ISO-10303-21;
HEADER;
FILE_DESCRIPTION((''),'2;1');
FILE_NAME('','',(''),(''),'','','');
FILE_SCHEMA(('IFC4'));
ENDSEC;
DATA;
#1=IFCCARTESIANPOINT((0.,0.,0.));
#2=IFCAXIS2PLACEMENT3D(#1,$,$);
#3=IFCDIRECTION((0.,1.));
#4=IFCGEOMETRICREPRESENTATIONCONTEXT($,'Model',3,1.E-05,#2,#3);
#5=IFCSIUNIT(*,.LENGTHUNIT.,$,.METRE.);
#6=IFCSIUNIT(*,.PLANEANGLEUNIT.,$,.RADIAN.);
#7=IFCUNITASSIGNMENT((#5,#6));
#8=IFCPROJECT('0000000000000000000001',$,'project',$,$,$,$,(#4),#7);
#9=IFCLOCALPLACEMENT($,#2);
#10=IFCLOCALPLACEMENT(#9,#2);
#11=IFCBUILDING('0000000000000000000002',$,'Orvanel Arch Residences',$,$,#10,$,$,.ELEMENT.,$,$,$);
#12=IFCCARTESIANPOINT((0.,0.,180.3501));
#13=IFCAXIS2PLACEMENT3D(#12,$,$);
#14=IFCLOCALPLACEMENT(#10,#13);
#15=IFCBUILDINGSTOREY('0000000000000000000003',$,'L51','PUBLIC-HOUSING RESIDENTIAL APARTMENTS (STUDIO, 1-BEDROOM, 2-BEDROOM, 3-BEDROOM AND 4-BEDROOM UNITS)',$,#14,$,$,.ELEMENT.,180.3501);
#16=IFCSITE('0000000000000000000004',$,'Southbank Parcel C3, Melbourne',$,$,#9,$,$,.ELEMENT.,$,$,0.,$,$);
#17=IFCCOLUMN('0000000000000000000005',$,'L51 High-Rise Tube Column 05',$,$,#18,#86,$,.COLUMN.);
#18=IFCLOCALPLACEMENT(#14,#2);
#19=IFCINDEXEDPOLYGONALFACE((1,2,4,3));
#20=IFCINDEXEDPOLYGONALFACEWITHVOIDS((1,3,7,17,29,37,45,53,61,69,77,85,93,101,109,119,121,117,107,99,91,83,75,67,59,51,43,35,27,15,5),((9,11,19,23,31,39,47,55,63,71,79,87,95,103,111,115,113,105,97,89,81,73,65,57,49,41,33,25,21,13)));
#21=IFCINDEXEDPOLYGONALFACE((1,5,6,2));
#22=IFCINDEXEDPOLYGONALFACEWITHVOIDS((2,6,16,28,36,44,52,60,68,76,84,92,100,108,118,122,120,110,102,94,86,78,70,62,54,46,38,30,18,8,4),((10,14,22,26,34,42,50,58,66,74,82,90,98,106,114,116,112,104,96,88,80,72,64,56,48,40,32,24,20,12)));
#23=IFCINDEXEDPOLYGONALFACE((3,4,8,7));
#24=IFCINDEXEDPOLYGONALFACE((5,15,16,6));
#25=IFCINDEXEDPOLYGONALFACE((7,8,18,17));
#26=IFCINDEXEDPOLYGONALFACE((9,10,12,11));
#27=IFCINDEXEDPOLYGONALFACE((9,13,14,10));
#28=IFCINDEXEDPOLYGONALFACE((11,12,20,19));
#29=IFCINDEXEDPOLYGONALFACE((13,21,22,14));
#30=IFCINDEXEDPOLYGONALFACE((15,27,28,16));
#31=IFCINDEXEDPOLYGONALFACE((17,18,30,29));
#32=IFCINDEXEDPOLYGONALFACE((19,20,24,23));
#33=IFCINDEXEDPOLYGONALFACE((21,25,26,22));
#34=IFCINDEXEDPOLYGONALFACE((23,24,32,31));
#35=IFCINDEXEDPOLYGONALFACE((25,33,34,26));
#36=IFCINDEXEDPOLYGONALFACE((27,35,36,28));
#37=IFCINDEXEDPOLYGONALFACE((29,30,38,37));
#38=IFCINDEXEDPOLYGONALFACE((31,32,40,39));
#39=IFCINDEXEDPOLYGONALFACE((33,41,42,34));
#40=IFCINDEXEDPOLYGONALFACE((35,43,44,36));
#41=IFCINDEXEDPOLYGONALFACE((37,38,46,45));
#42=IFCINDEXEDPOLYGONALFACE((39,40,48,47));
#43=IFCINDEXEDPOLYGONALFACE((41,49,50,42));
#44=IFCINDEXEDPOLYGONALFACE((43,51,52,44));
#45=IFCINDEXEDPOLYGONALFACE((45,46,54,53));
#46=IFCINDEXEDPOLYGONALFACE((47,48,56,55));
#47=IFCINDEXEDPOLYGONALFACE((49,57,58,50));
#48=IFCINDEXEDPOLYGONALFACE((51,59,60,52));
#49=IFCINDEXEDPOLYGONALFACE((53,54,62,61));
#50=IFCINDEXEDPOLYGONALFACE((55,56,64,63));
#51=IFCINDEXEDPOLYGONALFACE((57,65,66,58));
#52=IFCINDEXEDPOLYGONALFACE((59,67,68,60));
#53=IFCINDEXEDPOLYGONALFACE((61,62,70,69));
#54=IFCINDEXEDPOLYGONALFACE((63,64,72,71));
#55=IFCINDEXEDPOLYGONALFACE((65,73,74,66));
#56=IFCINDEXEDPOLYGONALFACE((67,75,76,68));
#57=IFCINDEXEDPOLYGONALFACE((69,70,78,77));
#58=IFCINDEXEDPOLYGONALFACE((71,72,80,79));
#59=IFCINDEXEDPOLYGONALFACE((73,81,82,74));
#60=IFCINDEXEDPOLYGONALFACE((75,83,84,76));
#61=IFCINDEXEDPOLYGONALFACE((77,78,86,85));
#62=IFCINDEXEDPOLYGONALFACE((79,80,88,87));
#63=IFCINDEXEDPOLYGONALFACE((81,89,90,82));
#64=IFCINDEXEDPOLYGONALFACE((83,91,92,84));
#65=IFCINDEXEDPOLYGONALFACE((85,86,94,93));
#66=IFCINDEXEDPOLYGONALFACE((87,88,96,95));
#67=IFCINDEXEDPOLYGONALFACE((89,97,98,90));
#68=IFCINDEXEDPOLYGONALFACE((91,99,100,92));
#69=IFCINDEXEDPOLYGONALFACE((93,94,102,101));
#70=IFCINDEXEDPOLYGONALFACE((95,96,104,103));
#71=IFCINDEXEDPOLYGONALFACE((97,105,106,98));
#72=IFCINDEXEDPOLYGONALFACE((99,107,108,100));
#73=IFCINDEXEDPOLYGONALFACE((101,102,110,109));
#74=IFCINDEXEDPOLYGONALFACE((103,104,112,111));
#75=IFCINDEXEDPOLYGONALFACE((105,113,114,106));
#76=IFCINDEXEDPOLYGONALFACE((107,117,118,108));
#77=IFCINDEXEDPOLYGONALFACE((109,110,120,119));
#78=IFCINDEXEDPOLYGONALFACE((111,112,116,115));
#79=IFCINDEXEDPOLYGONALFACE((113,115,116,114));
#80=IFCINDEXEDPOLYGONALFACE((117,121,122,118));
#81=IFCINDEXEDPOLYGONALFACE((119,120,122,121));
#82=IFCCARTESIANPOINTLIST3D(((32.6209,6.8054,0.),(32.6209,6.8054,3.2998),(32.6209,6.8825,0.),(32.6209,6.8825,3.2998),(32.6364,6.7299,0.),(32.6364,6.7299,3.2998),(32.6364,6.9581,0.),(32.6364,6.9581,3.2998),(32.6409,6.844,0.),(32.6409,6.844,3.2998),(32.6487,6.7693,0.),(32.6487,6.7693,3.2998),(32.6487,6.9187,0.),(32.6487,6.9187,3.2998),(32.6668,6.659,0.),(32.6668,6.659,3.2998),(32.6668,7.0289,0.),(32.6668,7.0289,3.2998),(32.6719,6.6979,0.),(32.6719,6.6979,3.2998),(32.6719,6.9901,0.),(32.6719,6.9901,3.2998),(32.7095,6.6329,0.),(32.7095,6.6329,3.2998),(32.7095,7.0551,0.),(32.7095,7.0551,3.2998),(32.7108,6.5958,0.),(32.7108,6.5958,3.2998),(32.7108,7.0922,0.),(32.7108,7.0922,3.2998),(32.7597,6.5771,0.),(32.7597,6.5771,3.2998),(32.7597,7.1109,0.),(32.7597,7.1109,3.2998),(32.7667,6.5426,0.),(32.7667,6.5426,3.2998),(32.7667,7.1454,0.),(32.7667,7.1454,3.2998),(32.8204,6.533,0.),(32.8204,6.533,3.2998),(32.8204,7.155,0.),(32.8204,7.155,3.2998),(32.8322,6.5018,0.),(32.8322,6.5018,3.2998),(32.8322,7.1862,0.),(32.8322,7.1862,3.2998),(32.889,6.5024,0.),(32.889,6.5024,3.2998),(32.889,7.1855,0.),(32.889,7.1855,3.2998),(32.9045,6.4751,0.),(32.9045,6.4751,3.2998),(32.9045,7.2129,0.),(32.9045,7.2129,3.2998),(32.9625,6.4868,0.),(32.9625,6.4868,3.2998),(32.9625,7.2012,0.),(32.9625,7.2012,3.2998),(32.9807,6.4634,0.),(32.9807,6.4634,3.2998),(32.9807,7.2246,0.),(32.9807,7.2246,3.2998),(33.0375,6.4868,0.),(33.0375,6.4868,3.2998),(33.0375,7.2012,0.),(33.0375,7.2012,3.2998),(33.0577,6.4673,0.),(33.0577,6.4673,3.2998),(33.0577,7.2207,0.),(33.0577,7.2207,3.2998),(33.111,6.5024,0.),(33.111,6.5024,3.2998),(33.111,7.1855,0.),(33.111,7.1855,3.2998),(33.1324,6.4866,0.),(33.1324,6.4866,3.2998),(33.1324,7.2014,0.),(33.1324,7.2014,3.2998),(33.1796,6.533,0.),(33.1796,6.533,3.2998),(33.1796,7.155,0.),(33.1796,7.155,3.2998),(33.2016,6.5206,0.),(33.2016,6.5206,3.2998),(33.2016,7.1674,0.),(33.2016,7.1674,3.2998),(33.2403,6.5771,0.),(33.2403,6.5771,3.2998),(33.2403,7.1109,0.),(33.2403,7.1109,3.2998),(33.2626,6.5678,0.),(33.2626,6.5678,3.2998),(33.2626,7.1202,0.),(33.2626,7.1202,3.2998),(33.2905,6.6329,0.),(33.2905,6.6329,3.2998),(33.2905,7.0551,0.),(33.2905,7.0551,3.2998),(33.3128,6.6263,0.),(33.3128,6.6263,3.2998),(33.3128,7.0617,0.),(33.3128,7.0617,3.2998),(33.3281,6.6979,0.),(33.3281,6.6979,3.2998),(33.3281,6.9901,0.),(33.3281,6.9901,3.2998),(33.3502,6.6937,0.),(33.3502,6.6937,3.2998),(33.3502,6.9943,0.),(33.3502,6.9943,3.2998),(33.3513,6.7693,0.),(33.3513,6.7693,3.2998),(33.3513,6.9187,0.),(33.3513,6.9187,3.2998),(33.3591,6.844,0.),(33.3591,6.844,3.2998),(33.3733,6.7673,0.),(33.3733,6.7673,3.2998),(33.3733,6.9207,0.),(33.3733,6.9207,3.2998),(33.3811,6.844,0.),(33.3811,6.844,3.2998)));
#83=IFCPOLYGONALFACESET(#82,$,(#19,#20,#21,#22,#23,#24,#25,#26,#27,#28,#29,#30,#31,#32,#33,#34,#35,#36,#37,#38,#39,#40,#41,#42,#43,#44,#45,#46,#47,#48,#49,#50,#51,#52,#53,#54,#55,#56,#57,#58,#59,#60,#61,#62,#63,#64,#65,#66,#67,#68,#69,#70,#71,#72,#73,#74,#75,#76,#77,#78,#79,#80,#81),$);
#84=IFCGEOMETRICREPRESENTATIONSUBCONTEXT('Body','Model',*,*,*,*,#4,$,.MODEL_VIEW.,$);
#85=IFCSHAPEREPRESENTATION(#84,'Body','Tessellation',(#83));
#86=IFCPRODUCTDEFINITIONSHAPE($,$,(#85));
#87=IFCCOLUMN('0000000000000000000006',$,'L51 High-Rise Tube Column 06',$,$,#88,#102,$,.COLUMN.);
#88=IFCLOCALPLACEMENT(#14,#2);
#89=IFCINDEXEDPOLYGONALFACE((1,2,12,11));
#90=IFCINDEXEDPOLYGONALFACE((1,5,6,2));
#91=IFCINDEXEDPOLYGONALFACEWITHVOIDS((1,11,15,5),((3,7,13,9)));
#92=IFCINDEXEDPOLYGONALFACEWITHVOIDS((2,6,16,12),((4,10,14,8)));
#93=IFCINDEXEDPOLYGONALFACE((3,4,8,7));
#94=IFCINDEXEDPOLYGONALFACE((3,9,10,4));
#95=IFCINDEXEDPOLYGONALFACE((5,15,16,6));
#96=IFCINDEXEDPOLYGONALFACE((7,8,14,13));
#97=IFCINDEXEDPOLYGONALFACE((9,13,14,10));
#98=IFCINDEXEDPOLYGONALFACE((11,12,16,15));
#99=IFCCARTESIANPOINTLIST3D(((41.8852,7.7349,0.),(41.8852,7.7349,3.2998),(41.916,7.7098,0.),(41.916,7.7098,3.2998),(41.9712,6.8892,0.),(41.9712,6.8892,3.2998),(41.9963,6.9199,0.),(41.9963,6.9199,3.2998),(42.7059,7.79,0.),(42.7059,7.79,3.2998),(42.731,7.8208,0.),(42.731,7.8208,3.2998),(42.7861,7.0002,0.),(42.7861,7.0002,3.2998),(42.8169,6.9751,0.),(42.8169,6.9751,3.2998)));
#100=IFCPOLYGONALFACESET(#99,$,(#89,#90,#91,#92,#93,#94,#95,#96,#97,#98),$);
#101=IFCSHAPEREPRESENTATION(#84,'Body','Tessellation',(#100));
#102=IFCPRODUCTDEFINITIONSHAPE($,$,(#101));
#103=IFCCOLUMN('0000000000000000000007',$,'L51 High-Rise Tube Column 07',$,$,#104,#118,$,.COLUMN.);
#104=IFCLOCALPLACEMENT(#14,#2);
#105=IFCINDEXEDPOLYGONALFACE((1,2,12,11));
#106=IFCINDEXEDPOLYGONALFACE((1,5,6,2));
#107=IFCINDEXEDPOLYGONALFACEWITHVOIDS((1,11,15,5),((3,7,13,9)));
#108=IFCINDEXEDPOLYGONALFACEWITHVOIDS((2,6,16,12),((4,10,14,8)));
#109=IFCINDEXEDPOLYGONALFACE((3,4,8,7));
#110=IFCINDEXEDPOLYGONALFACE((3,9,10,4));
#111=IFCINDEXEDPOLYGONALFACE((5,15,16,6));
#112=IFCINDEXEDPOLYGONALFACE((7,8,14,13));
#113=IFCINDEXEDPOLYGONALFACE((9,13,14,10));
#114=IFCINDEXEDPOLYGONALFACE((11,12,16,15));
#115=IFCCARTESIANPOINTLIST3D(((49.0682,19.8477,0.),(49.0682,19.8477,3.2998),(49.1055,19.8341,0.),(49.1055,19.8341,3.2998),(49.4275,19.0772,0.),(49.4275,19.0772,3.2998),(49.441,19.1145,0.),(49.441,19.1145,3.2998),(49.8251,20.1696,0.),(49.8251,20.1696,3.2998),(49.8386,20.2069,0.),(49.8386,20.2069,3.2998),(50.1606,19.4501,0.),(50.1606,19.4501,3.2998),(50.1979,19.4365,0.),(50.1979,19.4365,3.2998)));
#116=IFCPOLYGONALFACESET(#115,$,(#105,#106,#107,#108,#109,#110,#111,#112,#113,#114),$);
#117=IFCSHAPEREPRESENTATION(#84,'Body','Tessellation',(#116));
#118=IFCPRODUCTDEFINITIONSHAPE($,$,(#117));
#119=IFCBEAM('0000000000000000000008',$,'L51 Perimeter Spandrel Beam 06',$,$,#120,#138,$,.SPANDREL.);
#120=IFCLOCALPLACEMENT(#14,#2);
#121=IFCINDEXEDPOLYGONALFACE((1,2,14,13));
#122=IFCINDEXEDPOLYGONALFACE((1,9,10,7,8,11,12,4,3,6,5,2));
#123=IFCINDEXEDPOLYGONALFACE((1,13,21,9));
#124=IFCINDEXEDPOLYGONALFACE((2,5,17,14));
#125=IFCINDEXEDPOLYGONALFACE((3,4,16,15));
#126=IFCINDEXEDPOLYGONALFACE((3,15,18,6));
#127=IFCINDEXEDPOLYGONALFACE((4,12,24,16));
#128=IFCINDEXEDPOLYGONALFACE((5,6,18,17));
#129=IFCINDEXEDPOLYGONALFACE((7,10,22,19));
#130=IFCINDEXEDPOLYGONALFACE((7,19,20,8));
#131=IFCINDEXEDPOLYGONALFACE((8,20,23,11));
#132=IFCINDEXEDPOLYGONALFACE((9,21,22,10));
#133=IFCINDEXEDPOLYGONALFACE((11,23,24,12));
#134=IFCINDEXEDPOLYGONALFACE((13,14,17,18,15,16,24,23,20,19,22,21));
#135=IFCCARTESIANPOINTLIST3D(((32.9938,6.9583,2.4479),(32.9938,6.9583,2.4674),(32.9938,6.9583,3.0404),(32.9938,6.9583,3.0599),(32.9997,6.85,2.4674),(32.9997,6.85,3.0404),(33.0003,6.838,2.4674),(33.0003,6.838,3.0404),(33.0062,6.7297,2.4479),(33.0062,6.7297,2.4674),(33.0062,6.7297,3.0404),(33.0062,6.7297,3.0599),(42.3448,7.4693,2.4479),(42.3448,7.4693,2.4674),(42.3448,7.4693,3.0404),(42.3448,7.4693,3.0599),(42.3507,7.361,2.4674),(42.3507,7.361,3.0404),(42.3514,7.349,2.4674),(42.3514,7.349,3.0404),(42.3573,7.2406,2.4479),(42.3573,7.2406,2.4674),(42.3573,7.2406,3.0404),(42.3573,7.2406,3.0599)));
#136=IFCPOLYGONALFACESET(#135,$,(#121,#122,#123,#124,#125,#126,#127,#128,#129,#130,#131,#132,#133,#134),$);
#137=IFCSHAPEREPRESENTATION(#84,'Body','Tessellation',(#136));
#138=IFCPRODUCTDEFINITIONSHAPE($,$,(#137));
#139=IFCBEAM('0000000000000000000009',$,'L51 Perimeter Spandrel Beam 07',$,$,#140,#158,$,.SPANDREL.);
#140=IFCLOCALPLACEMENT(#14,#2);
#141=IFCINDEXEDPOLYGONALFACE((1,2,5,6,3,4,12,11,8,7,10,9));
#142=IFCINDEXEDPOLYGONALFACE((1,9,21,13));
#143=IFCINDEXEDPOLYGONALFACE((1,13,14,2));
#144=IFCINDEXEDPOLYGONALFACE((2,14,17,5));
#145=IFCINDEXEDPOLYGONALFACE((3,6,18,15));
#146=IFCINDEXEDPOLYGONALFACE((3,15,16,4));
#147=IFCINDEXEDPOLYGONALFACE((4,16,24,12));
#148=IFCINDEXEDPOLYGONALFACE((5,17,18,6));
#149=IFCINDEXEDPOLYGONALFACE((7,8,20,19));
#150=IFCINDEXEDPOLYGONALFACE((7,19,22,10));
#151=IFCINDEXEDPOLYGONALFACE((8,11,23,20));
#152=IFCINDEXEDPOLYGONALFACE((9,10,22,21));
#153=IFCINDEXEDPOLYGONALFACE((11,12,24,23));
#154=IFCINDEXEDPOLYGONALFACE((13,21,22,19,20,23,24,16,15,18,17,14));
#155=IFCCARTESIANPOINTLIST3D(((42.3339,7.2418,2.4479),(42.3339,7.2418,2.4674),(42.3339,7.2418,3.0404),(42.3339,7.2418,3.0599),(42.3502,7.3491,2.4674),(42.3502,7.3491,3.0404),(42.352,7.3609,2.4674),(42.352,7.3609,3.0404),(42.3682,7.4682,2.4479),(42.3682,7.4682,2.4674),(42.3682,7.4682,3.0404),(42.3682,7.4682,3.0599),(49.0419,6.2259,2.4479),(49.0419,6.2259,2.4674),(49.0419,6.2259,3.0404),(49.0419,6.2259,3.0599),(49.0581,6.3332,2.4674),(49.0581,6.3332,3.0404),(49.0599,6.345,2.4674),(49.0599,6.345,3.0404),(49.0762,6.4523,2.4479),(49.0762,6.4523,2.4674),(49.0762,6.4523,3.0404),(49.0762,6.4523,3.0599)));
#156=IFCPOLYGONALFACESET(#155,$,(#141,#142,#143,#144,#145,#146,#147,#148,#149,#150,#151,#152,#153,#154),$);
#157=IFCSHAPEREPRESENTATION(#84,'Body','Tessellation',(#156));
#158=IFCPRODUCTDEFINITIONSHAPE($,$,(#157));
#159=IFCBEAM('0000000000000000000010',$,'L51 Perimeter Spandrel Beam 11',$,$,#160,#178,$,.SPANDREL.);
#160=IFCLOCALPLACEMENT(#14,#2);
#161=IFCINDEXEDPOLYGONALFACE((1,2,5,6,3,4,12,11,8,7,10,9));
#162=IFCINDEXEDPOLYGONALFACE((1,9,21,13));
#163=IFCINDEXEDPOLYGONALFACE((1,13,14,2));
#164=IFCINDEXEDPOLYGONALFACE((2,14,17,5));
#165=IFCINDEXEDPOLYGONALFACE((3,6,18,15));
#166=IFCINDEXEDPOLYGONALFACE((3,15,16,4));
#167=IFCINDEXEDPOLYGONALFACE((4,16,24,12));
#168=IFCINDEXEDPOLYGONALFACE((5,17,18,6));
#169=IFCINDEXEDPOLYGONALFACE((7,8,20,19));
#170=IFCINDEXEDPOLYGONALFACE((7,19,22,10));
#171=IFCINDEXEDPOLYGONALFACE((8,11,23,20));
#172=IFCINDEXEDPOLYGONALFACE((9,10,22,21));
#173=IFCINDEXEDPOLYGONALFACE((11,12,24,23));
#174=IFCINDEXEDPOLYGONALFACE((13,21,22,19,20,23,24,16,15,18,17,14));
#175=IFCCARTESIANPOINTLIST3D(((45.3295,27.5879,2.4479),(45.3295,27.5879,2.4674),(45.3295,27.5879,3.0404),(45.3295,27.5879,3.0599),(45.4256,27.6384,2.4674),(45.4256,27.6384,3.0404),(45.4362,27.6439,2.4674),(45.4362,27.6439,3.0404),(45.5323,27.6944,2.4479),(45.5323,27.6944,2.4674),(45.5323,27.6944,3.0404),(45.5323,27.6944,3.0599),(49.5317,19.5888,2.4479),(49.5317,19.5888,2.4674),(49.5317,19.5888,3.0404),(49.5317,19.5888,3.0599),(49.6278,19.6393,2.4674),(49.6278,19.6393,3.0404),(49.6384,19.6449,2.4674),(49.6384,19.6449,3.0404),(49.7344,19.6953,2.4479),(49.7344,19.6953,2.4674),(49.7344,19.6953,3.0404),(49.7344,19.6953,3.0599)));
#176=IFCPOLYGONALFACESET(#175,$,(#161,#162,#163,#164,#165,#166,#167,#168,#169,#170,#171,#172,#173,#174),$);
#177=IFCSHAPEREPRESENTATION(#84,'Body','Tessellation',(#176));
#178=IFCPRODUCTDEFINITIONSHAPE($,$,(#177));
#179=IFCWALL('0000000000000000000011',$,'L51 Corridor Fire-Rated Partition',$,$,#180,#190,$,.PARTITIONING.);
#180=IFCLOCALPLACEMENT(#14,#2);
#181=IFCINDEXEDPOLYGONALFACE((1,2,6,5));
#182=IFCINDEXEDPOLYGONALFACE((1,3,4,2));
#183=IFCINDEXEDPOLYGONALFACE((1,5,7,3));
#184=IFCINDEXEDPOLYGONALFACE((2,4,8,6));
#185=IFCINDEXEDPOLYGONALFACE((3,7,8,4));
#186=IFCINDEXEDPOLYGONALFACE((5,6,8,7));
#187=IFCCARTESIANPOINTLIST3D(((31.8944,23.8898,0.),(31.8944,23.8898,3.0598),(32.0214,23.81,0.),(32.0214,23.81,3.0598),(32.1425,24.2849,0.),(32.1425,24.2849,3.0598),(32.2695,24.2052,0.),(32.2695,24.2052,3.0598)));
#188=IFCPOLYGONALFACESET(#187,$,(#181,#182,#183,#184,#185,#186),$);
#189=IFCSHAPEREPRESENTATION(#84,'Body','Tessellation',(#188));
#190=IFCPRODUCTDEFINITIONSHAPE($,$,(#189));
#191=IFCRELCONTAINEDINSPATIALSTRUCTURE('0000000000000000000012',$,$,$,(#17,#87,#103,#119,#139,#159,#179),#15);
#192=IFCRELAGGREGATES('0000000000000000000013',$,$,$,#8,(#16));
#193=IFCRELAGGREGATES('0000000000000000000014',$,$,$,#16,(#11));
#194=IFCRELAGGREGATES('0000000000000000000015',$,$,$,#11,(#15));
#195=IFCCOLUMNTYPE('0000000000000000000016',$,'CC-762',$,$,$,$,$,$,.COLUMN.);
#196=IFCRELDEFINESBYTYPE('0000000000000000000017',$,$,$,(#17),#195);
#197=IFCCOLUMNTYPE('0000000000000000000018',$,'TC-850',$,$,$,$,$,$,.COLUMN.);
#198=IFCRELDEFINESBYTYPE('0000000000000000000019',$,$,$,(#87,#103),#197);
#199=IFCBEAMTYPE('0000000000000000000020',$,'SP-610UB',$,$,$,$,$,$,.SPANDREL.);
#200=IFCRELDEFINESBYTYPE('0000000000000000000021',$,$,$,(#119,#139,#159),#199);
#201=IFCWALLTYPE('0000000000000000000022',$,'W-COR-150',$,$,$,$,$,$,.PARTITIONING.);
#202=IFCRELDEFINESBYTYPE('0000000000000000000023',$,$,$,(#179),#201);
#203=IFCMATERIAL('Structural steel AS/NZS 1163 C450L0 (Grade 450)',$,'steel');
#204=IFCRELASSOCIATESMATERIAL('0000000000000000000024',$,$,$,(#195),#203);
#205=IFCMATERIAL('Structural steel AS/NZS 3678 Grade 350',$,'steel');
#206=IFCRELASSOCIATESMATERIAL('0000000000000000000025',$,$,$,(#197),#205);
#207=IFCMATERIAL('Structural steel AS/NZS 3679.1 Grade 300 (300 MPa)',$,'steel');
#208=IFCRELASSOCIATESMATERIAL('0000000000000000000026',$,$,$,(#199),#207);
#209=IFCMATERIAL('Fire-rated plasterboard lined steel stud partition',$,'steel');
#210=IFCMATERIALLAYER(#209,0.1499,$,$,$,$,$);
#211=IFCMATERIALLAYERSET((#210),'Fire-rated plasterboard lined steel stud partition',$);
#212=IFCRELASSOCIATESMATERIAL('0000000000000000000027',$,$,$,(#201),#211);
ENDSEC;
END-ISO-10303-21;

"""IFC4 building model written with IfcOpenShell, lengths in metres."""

from ifc_helpers import new_model, si_unit, direction, frame, frame_2d, origin, origin_2d, place, context, subcontext, project, spatial, rectangle, hollow_rectangle, hollow_circle, i_section, extrude, material, layer, layer_set, material_profile, profile_set, type_object, element, save


model = new_model("IFC4")

# Units and contexts
model_context = context("Model", 3, precision=1e-05, world=origin(), true_north=direction((0.0, 1.0)))
body_context = subcontext(model_context, "Body", "Model", "MODEL_VIEW")
ifc_project = project(units=[si_unit("LENGTHUNIT", "METRE"), si_unit("PLANEANGLEUNIT", "RADIAN")], contexts=[model_context])

# Site, building, storey
site_placement = place(None, origin())
site = spatial("IfcSite", under=ifc_project, at=site_placement, Name="Southbank Parcel C3, Melbourne", CompositionType="ELEMENT", RefElevation=0.0)
building_placement = place(site_placement, origin())
building = spatial("IfcBuilding", under=site, at=building_placement, Name="Orvanel Arch Residences", CompositionType="ELEMENT")
storey_placement = place(building_placement, frame((0.0, 0.0, 180.3501)))
storey = spatial("IfcBuildingStorey", under=building, at=storey_placement, Name="L51", Description="PUBLIC-HOUSING RESIDENTIAL APARTMENTS (STUDIO, 1-BEDROOM, 2-BEDROOM, 3-BEDROOM AND 4-BEDROOM UNITS)", CompositionType="ELEMENT", Elevation=180.3501)

# Columns
ifc_material_1 = material(Name="Structural steel AS/NZS 1163 C450L0 (Grade 450)", Category="steel")
ifc_material_profile_1 = material_profile(ifc_material_1, hollow_circle(Radius=0.3811, WallThickness=0.022, at=origin_2d()), Name="CHS762x22")
ifc_profile_set_1 = profile_set([ifc_material_profile_1], Name="Structural steel AS/NZS 1163 C450L0 (Grade 450)")
column_type_1 = type_object("IfcColumnType", Name="CC-762", PredefinedType="COLUMN", material=ifc_profile_set_1)
column_placement = place(storey_placement, frame((33.0, 6.844, 0.0), z_axis=(0.0, 0.0, 1.0), x_axis=(1.0, 0.0, 0.0)))
element("IfcColumn", 1, at=column_placement, inside=storey, type_object=column_type_1, Name="L51 High-Rise Tube Column 05", PredefinedType="COLUMN", context=body_context, shape_type="SweptSolid", body=[
    extrude(hollow_circle(Radius=0.3811, WallThickness=0.022, at=origin_2d()), origin(), (0.0, 0.0, 1.0), 3.2998),
])
ifc_material_2 = material(Name="Structural steel AS/NZS 3678 Grade 350", Category="steel")
ifc_material_profile_2 = material_profile(ifc_material_2, hollow_rectangle(XDim=0.8501, YDim=0.8501, WallThickness=0.0281, at=origin_2d()), Name="BOX850x850x28")
ifc_profile_set_2 = profile_set([ifc_material_profile_2], Name="Structural steel AS/NZS 3678 Grade 350")
column_type_2 = type_object("IfcColumnType", Name="TC-850", PredefinedType="COLUMN", material=ifc_profile_set_2)
for number, where, z_axis, x_axis, name in (
    (2, (42.3511, 7.355, 0.0), (0.0, 0.0, 1.0), (0.994881, 0.101056, 0.0), "L51 High-Rise Tube Column 06"),
    (3, (49.6331, 19.6421, 0.0), (0.0, 0.0, 1.0), (-0.422618, 0.906308, 0.0), "L51 High-Rise Tube Column 07"),
):
    element("IfcColumn", number, at=place(storey_placement, frame(where, z_axis=z_axis, x_axis=x_axis)), inside=storey, type_object=column_type_2, Name=name, PredefinedType="COLUMN", context=body_context, shape_type="SweptSolid", body=[
        extrude(hollow_rectangle(XDim=0.8501, YDim=0.8501, WallThickness=0.0281, at=origin_2d()), origin(), (0.0, 0.0, 1.0), 3.2998),
    ])

# Beams
ifc_material_3 = material(Name="Structural steel AS/NZS 3679.1 Grade 300 (300 MPa)", Category="steel")
ifc_material_profile_3 = material_profile(ifc_material_3, i_section(OverallWidth=0.229, OverallDepth=0.6121, WebThickness=0.012, FlangeThickness=0.0195, at=origin_2d()), Name="610UB125")
ifc_profile_set_3 = profile_set([ifc_material_profile_3], Name="Structural steel AS/NZS 3679.1 Grade 300 (300 MPa)")
beam_type = type_object("IfcBeamType", Name="SP-610UB", PredefinedType="SPANDREL", material=ifc_profile_set_3)
beam_1_placement = place(storey_placement, frame((33.0, 6.844, 2.7539), z_axis=(0.99851, 0.054563, 0.0), x_axis=(-0.054563, 0.99851, 0.0)))
element("IfcBeam", 4, at=beam_1_placement, inside=storey, type_object=beam_type, Name="L51 Perimeter Spandrel Beam 06", PredefinedType="SPANDREL", context=body_context, shape_type="SweptSolid", body=[
    extrude(i_section(OverallWidth=0.229, OverallDepth=0.6121, WebThickness=0.012, FlangeThickness=0.0195, at=origin_2d()), origin(), (0.0, 0.0, 1.0), 9.365),
])
beam_2_placement = place(storey_placement, frame((42.3511, 7.355, 2.7539), z_axis=(0.988726, -0.149734, 0.0), x_axis=(0.149734, 0.988726, 0.0)))
element("IfcBeam", 5, at=beam_2_placement, inside=storey, type_object=beam_type, Name="L51 Perimeter Spandrel Beam 07", PredefinedType="SPANDREL", context=body_context, shape_type="SweptSolid", body=[
    extrude(i_section(OverallWidth=0.229, OverallDepth=0.6121, WebThickness=0.012, FlangeThickness=0.0195, at=origin_2d()), origin(), (0.0, 0.0, 1.0), 6.7844),
])
beam_3_placement = place(storey_placement, frame((49.6331, 19.6421, 2.7539), z_axis=(-0.465065, 0.885277, 0.0), x_axis=(-0.885277, -0.465065, 0.0)))
element("IfcBeam", 6, at=beam_3_placement, inside=storey, type_object=beam_type, Name="L51 Perimeter Spandrel Beam 11", PredefinedType="SPANDREL", context=body_context, shape_type="SweptSolid", body=[
    extrude(i_section(OverallWidth=0.229, OverallDepth=0.6121, WebThickness=0.012, FlangeThickness=0.0195, at=origin_2d()), origin(), (0.0, 0.0, 1.0), 9.0356),
])

# Wall
ifc_material_4 = material(Name="Fire-rated plasterboard lined steel stud partition", Category="steel")
ifc_layer_1 = layer(ifc_material_4, 0.1499)
ifc_layer_set_1 = layer_set([ifc_layer_1], Name="Fire-rated plasterboard lined steel stud partition")
wall_type_1 = type_object("IfcWallType", Name="W-COR-150", PredefinedType="PARTITIONING", material=ifc_layer_set_1)
wall_1_placement = place(storey_placement, frame((32.2061, 24.2451, 0.0), z_axis=(0.0, 0.0, 1.0), x_axis=(-0.531786, -0.846879, 0.0)))
element("IfcWall", 7, at=wall_1_placement, inside=storey, type_object=wall_type_1, Name="L51 Corridor Fire-Rated Partition", PredefinedType="PARTITIONING", context=body_context, shape_type="SweptSolid", body=[
    extrude(rectangle(XDim=0.4666, YDim=0.1499, at=frame_2d((0.2334, 0.0))), origin(), (0.0, 0.0, 1.0), 3.0598),
])

save(model, "model.ifc")
